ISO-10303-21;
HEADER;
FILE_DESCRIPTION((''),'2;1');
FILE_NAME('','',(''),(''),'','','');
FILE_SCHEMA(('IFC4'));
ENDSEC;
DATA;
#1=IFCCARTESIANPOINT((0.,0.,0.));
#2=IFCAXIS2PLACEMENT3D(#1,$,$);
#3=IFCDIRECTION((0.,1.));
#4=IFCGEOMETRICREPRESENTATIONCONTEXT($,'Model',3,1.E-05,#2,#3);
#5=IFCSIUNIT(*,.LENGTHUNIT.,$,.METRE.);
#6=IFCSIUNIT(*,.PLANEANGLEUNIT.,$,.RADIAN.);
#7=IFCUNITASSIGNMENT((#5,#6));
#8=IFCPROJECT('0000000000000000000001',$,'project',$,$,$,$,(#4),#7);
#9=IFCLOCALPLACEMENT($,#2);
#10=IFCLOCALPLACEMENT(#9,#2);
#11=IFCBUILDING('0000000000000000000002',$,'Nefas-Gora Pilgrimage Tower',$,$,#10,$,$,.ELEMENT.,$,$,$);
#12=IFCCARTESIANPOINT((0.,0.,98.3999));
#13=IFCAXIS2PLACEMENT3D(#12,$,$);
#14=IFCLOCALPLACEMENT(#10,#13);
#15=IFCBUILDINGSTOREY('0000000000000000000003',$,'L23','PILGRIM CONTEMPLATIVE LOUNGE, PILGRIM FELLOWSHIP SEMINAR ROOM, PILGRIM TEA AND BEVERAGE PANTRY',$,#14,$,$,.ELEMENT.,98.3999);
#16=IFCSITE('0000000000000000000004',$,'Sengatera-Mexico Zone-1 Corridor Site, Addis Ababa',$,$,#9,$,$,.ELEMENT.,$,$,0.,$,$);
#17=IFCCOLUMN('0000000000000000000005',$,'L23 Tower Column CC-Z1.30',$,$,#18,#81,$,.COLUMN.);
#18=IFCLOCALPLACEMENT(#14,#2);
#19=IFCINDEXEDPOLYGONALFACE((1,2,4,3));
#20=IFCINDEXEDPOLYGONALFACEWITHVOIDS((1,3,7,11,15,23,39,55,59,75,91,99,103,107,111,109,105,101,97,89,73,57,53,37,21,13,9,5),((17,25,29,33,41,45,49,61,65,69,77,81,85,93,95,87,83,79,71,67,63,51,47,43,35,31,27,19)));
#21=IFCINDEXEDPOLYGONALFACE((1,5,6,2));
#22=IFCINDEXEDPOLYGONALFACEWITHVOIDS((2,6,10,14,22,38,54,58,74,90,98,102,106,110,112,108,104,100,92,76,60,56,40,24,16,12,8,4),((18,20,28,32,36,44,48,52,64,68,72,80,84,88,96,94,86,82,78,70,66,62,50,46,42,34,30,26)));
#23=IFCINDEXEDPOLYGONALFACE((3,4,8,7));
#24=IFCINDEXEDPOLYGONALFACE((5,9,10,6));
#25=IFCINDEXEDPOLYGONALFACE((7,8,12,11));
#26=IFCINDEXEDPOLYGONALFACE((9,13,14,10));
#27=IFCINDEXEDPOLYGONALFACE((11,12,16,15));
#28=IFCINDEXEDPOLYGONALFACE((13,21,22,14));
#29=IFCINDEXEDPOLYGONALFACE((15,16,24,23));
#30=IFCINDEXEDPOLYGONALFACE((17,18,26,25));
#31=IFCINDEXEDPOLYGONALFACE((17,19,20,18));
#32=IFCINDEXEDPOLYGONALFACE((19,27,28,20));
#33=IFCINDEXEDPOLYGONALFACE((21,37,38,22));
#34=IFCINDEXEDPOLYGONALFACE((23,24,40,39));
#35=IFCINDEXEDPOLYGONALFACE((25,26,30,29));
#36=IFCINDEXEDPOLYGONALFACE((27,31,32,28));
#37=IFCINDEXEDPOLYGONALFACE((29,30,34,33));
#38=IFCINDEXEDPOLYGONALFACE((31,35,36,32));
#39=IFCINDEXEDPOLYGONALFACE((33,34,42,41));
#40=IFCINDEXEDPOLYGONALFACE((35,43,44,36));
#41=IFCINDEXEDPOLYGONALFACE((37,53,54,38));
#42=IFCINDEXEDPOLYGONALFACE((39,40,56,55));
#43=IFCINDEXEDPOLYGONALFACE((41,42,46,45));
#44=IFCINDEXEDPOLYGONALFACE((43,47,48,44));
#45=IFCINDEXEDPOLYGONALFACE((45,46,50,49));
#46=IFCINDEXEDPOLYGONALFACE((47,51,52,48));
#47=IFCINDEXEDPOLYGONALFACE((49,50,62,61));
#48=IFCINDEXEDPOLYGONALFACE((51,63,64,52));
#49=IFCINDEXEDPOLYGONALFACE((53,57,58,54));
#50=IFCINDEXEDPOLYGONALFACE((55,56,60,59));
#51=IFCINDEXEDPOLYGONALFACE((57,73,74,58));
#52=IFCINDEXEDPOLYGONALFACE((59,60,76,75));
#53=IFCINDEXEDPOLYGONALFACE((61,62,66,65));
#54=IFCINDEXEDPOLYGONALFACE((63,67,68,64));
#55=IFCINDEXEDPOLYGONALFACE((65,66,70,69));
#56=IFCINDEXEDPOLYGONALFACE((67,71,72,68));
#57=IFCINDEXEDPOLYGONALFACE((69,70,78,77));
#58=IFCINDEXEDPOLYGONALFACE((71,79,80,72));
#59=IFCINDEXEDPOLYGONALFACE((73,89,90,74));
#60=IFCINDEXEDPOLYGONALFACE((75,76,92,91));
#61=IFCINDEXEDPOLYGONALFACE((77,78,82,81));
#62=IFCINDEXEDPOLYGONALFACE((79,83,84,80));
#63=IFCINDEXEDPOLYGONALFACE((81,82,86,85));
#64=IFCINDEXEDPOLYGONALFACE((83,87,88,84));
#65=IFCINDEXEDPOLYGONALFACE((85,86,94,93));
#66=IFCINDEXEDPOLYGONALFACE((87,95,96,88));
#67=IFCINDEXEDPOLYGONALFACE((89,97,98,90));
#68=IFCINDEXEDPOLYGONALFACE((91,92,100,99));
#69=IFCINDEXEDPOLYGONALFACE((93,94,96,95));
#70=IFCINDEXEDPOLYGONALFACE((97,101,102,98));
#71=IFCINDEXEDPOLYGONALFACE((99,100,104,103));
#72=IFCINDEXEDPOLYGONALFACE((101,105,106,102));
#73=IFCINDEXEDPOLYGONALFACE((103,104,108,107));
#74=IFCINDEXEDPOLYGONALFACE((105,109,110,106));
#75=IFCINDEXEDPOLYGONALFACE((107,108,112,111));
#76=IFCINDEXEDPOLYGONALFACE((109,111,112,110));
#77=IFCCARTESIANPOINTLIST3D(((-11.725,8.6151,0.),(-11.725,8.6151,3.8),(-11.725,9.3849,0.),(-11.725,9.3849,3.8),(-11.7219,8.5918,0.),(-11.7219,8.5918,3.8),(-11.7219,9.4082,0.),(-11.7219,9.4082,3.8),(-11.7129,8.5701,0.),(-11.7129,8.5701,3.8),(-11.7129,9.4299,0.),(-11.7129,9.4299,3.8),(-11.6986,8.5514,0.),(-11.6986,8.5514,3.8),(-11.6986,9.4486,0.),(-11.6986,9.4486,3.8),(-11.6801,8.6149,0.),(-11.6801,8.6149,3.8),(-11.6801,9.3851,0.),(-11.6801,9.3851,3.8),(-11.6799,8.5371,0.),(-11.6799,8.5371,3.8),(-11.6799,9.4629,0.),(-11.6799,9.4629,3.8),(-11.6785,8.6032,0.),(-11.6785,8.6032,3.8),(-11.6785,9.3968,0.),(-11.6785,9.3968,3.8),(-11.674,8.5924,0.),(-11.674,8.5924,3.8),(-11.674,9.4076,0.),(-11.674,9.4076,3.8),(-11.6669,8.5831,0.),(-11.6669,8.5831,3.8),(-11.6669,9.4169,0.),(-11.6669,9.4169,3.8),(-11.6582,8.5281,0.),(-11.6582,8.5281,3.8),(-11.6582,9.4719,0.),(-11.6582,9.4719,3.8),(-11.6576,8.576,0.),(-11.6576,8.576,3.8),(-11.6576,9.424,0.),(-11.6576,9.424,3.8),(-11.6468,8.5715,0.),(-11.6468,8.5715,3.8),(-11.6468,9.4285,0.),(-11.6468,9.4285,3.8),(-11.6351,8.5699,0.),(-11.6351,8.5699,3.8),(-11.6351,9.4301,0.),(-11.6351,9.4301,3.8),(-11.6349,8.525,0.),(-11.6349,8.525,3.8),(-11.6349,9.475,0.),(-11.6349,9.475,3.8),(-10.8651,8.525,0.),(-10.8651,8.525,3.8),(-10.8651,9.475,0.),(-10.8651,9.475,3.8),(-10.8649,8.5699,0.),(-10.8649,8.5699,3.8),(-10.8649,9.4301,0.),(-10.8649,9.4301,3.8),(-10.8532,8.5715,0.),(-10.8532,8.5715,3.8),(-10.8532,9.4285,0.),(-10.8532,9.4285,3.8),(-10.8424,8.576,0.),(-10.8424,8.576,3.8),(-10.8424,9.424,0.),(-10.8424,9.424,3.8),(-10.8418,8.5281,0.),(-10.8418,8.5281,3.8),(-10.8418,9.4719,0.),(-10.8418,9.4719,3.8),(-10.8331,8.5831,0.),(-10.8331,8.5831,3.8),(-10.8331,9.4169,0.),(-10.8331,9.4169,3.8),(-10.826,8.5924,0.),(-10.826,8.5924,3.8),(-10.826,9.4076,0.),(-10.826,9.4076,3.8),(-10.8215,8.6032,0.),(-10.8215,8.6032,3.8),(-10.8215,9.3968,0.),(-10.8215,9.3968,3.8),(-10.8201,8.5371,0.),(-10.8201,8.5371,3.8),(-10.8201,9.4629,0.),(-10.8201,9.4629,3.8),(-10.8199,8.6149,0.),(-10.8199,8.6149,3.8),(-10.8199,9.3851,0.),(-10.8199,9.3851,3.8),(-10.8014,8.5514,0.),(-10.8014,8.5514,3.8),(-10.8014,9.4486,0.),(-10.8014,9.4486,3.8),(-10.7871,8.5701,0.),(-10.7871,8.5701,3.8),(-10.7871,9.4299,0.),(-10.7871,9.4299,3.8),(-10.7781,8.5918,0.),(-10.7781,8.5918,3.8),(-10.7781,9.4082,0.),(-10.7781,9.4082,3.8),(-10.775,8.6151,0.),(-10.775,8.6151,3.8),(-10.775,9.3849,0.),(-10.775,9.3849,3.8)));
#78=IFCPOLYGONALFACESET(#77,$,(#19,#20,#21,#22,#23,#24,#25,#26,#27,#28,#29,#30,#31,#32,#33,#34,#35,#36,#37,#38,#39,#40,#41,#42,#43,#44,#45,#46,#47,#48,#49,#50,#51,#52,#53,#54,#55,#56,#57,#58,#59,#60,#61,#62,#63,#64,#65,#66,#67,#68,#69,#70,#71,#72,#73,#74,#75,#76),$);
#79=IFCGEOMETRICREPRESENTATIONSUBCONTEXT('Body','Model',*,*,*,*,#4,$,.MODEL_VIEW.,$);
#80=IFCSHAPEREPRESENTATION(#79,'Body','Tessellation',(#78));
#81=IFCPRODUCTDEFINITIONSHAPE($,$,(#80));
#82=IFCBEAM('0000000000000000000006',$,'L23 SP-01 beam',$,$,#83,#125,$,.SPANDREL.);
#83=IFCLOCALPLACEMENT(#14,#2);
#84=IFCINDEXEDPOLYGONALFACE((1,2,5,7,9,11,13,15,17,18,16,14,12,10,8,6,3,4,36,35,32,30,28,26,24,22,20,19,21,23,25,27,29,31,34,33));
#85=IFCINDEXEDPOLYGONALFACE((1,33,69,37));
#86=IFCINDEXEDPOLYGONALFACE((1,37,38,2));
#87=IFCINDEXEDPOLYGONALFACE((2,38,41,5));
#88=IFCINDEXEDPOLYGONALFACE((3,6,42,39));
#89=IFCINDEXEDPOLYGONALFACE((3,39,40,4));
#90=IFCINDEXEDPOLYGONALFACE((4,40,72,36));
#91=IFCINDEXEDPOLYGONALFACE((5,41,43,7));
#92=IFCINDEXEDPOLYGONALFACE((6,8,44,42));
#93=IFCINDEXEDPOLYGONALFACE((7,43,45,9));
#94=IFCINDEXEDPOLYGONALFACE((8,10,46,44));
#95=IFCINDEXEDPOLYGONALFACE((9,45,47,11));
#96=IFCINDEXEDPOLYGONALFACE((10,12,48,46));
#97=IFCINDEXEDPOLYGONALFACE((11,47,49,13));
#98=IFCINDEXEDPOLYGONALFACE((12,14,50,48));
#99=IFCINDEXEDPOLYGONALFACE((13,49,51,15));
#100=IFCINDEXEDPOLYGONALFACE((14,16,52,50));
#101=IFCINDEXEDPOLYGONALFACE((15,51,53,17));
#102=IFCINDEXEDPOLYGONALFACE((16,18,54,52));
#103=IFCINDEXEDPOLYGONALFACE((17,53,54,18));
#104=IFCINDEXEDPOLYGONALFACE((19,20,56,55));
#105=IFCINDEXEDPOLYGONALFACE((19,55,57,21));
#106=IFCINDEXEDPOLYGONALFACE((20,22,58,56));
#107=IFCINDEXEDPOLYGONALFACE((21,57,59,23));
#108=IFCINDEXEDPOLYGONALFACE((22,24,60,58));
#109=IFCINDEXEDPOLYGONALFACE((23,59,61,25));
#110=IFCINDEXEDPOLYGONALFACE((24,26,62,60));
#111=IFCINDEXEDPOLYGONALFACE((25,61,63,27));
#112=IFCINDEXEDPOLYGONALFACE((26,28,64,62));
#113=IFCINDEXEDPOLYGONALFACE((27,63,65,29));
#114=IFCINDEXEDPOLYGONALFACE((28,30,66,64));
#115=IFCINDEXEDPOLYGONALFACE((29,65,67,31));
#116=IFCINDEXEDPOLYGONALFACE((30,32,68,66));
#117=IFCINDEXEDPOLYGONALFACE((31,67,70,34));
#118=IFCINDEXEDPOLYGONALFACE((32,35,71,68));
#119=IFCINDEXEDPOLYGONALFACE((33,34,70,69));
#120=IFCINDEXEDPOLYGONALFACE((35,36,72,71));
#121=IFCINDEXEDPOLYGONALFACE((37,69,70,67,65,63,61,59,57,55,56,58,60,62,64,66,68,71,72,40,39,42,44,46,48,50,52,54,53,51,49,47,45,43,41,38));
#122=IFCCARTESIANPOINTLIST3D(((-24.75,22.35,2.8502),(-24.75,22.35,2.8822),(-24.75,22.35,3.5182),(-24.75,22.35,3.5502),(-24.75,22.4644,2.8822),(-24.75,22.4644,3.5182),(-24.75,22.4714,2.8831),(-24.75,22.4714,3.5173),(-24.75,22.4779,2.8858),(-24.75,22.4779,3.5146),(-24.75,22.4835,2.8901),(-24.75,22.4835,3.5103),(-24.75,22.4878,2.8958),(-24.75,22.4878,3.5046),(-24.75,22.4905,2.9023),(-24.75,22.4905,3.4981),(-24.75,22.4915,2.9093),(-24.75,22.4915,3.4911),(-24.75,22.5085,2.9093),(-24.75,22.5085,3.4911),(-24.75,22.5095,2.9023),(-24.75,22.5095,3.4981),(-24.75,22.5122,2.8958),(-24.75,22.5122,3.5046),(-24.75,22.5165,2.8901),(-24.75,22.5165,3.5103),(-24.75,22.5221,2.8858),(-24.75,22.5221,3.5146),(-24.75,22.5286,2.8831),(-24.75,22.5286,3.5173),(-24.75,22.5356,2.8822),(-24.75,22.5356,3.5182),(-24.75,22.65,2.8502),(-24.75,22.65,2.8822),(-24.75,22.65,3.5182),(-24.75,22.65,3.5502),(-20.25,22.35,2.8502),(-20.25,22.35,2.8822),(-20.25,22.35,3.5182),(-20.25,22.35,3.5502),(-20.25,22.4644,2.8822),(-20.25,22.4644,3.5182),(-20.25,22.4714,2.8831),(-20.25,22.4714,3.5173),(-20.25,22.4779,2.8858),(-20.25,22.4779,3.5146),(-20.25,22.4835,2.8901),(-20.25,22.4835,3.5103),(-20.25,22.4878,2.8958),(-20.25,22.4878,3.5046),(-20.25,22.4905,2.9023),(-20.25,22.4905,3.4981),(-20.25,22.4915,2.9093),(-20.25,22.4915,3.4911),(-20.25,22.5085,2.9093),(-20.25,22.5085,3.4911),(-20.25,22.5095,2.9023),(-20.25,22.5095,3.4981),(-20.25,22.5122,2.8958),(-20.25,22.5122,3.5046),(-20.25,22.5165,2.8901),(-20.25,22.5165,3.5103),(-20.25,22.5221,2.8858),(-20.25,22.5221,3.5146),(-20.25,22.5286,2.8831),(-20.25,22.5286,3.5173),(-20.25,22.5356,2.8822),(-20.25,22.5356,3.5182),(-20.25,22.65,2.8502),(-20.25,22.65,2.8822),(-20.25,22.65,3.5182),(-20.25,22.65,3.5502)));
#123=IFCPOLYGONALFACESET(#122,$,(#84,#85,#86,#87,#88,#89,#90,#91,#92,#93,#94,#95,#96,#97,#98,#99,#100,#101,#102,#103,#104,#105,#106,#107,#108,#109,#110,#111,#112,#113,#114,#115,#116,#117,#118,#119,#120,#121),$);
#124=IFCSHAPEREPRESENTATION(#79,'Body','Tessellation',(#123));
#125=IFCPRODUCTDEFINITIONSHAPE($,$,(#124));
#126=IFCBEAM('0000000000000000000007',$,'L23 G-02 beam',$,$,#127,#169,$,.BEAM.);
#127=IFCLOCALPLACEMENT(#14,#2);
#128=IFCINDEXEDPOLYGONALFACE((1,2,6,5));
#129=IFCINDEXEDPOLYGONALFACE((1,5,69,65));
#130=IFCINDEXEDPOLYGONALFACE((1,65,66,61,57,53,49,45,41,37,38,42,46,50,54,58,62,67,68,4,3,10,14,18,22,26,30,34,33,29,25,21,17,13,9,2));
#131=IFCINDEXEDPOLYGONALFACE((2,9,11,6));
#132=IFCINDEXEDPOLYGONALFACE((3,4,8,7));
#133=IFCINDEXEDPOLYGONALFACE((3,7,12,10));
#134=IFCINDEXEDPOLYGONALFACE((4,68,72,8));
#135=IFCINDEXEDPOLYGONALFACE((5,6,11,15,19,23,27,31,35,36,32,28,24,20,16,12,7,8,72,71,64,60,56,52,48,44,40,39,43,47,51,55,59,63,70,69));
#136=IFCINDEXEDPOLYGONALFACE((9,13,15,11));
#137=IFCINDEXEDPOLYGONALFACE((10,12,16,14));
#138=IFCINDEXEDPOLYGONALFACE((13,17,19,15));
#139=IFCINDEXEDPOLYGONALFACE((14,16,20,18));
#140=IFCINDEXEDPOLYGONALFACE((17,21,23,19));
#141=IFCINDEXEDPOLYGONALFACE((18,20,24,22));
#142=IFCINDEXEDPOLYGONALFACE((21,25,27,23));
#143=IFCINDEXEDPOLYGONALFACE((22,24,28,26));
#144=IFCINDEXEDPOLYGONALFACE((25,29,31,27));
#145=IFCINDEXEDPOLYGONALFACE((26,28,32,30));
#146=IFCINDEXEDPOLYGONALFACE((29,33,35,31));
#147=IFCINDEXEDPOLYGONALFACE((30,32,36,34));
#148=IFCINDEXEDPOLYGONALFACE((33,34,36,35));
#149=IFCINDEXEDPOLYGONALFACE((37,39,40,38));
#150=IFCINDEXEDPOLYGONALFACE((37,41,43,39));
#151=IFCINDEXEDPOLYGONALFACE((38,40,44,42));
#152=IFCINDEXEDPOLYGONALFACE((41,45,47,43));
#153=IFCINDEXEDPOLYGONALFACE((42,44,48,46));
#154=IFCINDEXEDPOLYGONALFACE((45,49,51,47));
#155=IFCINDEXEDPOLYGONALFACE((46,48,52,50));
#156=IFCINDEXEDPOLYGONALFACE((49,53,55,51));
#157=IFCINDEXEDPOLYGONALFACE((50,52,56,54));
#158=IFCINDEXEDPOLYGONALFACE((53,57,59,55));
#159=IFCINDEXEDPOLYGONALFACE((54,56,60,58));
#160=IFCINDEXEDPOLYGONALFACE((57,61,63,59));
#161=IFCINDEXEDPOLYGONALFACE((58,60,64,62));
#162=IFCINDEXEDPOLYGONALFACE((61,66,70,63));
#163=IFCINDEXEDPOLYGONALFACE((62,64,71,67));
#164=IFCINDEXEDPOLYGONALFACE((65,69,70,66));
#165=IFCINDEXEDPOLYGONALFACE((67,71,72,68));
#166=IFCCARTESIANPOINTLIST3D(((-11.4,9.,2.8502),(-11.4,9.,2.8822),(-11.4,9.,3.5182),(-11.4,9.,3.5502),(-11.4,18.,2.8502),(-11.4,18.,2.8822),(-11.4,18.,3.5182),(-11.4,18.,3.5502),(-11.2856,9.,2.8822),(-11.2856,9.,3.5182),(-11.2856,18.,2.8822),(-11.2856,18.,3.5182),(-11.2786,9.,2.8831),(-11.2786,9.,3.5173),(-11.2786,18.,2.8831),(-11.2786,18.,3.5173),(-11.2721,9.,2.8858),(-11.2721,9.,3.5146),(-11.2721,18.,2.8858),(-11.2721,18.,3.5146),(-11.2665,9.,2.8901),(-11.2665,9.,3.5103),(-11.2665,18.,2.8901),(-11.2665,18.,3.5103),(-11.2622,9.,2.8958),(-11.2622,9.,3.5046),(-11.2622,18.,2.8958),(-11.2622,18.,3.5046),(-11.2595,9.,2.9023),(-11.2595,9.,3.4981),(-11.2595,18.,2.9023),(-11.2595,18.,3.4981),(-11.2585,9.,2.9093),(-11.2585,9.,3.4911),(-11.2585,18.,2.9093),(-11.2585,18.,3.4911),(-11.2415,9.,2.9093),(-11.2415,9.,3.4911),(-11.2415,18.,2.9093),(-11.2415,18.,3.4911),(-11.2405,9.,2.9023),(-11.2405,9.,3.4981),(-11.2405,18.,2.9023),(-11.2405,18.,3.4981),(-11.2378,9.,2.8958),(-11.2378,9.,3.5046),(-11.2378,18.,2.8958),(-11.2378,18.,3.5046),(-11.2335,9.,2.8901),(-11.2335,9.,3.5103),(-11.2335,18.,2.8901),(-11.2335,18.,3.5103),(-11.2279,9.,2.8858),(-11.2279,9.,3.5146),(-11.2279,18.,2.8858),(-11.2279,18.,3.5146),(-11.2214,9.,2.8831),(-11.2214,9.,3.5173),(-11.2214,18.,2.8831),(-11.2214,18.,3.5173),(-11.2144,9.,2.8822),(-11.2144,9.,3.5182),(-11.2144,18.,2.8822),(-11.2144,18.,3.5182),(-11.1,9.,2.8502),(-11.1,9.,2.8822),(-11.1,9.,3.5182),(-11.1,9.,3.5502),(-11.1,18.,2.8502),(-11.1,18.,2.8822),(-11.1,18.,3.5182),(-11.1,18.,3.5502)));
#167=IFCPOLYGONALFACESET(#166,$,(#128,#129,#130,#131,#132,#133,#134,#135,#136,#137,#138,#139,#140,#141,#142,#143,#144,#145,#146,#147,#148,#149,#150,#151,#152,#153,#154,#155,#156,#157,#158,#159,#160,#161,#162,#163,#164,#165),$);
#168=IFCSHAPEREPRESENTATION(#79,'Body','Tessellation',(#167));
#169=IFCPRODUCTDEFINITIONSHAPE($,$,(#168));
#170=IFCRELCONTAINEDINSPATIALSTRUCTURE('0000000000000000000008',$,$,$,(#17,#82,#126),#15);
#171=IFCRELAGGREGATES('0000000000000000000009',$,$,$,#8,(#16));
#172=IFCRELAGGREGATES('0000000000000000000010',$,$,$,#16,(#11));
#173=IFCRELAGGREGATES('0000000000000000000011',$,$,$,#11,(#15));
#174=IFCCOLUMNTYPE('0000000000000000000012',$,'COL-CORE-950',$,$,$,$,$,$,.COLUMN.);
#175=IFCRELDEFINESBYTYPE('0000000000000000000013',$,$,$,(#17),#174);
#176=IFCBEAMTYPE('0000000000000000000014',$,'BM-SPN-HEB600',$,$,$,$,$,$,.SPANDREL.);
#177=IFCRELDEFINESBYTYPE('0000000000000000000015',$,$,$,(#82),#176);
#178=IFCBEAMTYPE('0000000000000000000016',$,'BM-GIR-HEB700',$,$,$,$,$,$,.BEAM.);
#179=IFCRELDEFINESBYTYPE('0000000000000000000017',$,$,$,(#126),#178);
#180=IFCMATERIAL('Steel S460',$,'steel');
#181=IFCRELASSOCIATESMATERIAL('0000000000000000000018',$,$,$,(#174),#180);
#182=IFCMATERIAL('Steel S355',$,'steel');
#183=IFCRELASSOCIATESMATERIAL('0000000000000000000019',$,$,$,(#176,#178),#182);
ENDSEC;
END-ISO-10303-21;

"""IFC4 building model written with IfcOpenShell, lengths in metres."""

from ifc_helpers import new_model, si_unit, direction, frame, origin, origin_2d, place, context, subcontext, project, spatial, hollow_rectangle, i_section, extrude, source, transform, mapped, material, material_profile, profile_set, type_object, element, save


model = new_model("IFC4")

# Units and contexts
model_context = context("Model", 3, precision=1e-05, world=origin(), true_north=direction((0.0, 1.0)))
body_context = subcontext(model_context, "Body", "Model", "MODEL_VIEW")
ifc_project = project(units=[si_unit("LENGTHUNIT", "METRE"), si_unit("PLANEANGLEUNIT", "RADIAN")], contexts=[model_context])

# Site, building, storey
site_placement = place(None, origin())
site = spatial("IfcSite", under=ifc_project, at=site_placement, Name="Sengatera-Mexico Zone-1 Corridor Site, Addis Ababa", CompositionType="ELEMENT", RefElevation=0.0)
building_placement = place(site_placement, origin())
building = spatial("IfcBuilding", under=site, at=building_placement, Name="Nefas-Gora Pilgrimage Tower", CompositionType="ELEMENT")
storey_placement = place(building_placement, frame((0.0, 0.0, 98.3999)))
storey = spatial("IfcBuildingStorey", under=building, at=storey_placement, Name="L23", Description="PILGRIM CONTEMPLATIVE LOUNGE, PILGRIM FELLOWSHIP SEMINAR ROOM, PILGRIM TEA AND BEVERAGE PANTRY", CompositionType="ELEMENT", Elevation=98.3999)

# Column
ifc_material_1 = material(Name="Steel S460", Category="steel")
ifc_material_profile_1 = material_profile(ifc_material_1, hollow_rectangle(XDim=0.95, YDim=0.95, WallThickness=0.0449, InnerFilletRadius=0.0449, OuterFilletRadius=0.0901, at=origin_2d()), Name="BOX 950x950x45")
ifc_profile_set_1 = profile_set([ifc_material_profile_1], Name="Steel S460")
column_type_1 = type_object("IfcColumnType", Name="COL-CORE-950", PredefinedType="COLUMN", material=ifc_profile_set_1)
shared_shape_1 = source(origin(), body_context, "Body", "SweptSolid", [
    extrude(hollow_rectangle(XDim=0.95, YDim=0.95, WallThickness=0.0449, InnerFilletRadius=0.0449, OuterFilletRadius=0.0901, at=origin_2d()), origin(), (0.0, 0.0, 1.0), 3.8),
])
column_placement = place(storey_placement, frame((-11.25, 9.0, 0.0), z_axis=(0.0, 0.0, 1.0), x_axis=(1.0, 0.0, 0.0)))
element("IfcColumn", 1, at=column_placement, inside=storey, type_object=column_type_1, Name="L23 Tower Column CC-Z1.30", PredefinedType="COLUMN", context=body_context, shape_type="MappedRepresentation", body=[
    mapped(shared_shape_1, transform((0.0, 0.0, 0.0), x_axis=(1.0, 0.0, 0.0), y_axis=(0.0, 1.0, 0.0), z_axis=(0.0, 0.0, 1.0), scale=1.0)),
])

# Beams
ifc_material_2 = material(Name="Steel S355", Category="steel")
ifc_material_profile_2 = material_profile(ifc_material_2, i_section(OverallWidth=0.3, OverallDepth=0.7, WebThickness=0.0171, FlangeThickness=0.032, FilletRadius=0.0271, at=origin_2d()), Name="HEB 700")
ifc_profile_set_2 = profile_set([ifc_material_profile_2], Name="Steel S355")
beam_type_1 = type_object("IfcBeamType", Name="BM-SPN-HEB600", PredefinedType="SPANDREL", material=ifc_profile_set_2)
shared_shape_2 = source(origin(), body_context, "Body", "SweptSolid", [
    extrude(i_section(OverallWidth=0.3, OverallDepth=0.7, WebThickness=0.0171, FlangeThickness=0.032, FilletRadius=0.0271, at=origin_2d()), origin(), (0.0, 0.0, 1.0), 4.5),
])
beam_1_placement = place(storey_placement, frame((-24.75, 22.5, 3.2002), z_axis=(1.0, 0.0, 0.0), x_axis=(0.0, 1.0, 0.0)))
element("IfcBeam", 2, at=beam_1_placement, inside=storey, type_object=beam_type_1, Name="L23 SP-01 beam", PredefinedType="SPANDREL", context=body_context, shape_type="MappedRepresentation", body=[
    mapped(shared_shape_2, transform((0.0, 0.0, 0.0), x_axis=(1.0, 0.0, 0.0), y_axis=(0.0, 1.0, 0.0), z_axis=(0.0, 0.0, 1.0), scale=1.0)),
])
ifc_material_profile_3 = material_profile(ifc_material_2, i_section(OverallWidth=0.3, OverallDepth=0.7, WebThickness=0.0171, FlangeThickness=0.032, FilletRadius=0.0271, at=origin_2d()), Name="HEB 700")
ifc_profile_set_3 = profile_set([ifc_material_profile_3], Name="Steel S355")
beam_type_2 = type_object("IfcBeamType", Name="BM-GIR-HEB700", PredefinedType="BEAM", material=ifc_profile_set_3)
shared_shape_3 = source(origin(), body_context, "Body", "SweptSolid", [
    extrude(i_section(OverallWidth=0.3, OverallDepth=0.7, WebThickness=0.0171, FlangeThickness=0.032, FilletRadius=0.0271, at=origin_2d()), origin(), (0.0, 0.0, 1.0), 9.0),
])
beam_2_placement = place(storey_placement, frame((-11.25, 9.0, 3.2002), z_axis=(0.0, 1.0, 0.0), x_axis=(-1.0, 0.0, 0.0)))
element("IfcBeam", 3, at=beam_2_placement, inside=storey, type_object=beam_type_2, Name="L23 G-02 beam", PredefinedType="BEAM", context=body_context, shape_type="MappedRepresentation", body=[
    mapped(shared_shape_3, transform((0.0, 0.0, 0.0), x_axis=(1.0, 0.0, 0.0), y_axis=(0.0, 1.0, 0.0), z_axis=(0.0, 0.0, 1.0), scale=1.0)),
])

save(model, "model.ifc")
